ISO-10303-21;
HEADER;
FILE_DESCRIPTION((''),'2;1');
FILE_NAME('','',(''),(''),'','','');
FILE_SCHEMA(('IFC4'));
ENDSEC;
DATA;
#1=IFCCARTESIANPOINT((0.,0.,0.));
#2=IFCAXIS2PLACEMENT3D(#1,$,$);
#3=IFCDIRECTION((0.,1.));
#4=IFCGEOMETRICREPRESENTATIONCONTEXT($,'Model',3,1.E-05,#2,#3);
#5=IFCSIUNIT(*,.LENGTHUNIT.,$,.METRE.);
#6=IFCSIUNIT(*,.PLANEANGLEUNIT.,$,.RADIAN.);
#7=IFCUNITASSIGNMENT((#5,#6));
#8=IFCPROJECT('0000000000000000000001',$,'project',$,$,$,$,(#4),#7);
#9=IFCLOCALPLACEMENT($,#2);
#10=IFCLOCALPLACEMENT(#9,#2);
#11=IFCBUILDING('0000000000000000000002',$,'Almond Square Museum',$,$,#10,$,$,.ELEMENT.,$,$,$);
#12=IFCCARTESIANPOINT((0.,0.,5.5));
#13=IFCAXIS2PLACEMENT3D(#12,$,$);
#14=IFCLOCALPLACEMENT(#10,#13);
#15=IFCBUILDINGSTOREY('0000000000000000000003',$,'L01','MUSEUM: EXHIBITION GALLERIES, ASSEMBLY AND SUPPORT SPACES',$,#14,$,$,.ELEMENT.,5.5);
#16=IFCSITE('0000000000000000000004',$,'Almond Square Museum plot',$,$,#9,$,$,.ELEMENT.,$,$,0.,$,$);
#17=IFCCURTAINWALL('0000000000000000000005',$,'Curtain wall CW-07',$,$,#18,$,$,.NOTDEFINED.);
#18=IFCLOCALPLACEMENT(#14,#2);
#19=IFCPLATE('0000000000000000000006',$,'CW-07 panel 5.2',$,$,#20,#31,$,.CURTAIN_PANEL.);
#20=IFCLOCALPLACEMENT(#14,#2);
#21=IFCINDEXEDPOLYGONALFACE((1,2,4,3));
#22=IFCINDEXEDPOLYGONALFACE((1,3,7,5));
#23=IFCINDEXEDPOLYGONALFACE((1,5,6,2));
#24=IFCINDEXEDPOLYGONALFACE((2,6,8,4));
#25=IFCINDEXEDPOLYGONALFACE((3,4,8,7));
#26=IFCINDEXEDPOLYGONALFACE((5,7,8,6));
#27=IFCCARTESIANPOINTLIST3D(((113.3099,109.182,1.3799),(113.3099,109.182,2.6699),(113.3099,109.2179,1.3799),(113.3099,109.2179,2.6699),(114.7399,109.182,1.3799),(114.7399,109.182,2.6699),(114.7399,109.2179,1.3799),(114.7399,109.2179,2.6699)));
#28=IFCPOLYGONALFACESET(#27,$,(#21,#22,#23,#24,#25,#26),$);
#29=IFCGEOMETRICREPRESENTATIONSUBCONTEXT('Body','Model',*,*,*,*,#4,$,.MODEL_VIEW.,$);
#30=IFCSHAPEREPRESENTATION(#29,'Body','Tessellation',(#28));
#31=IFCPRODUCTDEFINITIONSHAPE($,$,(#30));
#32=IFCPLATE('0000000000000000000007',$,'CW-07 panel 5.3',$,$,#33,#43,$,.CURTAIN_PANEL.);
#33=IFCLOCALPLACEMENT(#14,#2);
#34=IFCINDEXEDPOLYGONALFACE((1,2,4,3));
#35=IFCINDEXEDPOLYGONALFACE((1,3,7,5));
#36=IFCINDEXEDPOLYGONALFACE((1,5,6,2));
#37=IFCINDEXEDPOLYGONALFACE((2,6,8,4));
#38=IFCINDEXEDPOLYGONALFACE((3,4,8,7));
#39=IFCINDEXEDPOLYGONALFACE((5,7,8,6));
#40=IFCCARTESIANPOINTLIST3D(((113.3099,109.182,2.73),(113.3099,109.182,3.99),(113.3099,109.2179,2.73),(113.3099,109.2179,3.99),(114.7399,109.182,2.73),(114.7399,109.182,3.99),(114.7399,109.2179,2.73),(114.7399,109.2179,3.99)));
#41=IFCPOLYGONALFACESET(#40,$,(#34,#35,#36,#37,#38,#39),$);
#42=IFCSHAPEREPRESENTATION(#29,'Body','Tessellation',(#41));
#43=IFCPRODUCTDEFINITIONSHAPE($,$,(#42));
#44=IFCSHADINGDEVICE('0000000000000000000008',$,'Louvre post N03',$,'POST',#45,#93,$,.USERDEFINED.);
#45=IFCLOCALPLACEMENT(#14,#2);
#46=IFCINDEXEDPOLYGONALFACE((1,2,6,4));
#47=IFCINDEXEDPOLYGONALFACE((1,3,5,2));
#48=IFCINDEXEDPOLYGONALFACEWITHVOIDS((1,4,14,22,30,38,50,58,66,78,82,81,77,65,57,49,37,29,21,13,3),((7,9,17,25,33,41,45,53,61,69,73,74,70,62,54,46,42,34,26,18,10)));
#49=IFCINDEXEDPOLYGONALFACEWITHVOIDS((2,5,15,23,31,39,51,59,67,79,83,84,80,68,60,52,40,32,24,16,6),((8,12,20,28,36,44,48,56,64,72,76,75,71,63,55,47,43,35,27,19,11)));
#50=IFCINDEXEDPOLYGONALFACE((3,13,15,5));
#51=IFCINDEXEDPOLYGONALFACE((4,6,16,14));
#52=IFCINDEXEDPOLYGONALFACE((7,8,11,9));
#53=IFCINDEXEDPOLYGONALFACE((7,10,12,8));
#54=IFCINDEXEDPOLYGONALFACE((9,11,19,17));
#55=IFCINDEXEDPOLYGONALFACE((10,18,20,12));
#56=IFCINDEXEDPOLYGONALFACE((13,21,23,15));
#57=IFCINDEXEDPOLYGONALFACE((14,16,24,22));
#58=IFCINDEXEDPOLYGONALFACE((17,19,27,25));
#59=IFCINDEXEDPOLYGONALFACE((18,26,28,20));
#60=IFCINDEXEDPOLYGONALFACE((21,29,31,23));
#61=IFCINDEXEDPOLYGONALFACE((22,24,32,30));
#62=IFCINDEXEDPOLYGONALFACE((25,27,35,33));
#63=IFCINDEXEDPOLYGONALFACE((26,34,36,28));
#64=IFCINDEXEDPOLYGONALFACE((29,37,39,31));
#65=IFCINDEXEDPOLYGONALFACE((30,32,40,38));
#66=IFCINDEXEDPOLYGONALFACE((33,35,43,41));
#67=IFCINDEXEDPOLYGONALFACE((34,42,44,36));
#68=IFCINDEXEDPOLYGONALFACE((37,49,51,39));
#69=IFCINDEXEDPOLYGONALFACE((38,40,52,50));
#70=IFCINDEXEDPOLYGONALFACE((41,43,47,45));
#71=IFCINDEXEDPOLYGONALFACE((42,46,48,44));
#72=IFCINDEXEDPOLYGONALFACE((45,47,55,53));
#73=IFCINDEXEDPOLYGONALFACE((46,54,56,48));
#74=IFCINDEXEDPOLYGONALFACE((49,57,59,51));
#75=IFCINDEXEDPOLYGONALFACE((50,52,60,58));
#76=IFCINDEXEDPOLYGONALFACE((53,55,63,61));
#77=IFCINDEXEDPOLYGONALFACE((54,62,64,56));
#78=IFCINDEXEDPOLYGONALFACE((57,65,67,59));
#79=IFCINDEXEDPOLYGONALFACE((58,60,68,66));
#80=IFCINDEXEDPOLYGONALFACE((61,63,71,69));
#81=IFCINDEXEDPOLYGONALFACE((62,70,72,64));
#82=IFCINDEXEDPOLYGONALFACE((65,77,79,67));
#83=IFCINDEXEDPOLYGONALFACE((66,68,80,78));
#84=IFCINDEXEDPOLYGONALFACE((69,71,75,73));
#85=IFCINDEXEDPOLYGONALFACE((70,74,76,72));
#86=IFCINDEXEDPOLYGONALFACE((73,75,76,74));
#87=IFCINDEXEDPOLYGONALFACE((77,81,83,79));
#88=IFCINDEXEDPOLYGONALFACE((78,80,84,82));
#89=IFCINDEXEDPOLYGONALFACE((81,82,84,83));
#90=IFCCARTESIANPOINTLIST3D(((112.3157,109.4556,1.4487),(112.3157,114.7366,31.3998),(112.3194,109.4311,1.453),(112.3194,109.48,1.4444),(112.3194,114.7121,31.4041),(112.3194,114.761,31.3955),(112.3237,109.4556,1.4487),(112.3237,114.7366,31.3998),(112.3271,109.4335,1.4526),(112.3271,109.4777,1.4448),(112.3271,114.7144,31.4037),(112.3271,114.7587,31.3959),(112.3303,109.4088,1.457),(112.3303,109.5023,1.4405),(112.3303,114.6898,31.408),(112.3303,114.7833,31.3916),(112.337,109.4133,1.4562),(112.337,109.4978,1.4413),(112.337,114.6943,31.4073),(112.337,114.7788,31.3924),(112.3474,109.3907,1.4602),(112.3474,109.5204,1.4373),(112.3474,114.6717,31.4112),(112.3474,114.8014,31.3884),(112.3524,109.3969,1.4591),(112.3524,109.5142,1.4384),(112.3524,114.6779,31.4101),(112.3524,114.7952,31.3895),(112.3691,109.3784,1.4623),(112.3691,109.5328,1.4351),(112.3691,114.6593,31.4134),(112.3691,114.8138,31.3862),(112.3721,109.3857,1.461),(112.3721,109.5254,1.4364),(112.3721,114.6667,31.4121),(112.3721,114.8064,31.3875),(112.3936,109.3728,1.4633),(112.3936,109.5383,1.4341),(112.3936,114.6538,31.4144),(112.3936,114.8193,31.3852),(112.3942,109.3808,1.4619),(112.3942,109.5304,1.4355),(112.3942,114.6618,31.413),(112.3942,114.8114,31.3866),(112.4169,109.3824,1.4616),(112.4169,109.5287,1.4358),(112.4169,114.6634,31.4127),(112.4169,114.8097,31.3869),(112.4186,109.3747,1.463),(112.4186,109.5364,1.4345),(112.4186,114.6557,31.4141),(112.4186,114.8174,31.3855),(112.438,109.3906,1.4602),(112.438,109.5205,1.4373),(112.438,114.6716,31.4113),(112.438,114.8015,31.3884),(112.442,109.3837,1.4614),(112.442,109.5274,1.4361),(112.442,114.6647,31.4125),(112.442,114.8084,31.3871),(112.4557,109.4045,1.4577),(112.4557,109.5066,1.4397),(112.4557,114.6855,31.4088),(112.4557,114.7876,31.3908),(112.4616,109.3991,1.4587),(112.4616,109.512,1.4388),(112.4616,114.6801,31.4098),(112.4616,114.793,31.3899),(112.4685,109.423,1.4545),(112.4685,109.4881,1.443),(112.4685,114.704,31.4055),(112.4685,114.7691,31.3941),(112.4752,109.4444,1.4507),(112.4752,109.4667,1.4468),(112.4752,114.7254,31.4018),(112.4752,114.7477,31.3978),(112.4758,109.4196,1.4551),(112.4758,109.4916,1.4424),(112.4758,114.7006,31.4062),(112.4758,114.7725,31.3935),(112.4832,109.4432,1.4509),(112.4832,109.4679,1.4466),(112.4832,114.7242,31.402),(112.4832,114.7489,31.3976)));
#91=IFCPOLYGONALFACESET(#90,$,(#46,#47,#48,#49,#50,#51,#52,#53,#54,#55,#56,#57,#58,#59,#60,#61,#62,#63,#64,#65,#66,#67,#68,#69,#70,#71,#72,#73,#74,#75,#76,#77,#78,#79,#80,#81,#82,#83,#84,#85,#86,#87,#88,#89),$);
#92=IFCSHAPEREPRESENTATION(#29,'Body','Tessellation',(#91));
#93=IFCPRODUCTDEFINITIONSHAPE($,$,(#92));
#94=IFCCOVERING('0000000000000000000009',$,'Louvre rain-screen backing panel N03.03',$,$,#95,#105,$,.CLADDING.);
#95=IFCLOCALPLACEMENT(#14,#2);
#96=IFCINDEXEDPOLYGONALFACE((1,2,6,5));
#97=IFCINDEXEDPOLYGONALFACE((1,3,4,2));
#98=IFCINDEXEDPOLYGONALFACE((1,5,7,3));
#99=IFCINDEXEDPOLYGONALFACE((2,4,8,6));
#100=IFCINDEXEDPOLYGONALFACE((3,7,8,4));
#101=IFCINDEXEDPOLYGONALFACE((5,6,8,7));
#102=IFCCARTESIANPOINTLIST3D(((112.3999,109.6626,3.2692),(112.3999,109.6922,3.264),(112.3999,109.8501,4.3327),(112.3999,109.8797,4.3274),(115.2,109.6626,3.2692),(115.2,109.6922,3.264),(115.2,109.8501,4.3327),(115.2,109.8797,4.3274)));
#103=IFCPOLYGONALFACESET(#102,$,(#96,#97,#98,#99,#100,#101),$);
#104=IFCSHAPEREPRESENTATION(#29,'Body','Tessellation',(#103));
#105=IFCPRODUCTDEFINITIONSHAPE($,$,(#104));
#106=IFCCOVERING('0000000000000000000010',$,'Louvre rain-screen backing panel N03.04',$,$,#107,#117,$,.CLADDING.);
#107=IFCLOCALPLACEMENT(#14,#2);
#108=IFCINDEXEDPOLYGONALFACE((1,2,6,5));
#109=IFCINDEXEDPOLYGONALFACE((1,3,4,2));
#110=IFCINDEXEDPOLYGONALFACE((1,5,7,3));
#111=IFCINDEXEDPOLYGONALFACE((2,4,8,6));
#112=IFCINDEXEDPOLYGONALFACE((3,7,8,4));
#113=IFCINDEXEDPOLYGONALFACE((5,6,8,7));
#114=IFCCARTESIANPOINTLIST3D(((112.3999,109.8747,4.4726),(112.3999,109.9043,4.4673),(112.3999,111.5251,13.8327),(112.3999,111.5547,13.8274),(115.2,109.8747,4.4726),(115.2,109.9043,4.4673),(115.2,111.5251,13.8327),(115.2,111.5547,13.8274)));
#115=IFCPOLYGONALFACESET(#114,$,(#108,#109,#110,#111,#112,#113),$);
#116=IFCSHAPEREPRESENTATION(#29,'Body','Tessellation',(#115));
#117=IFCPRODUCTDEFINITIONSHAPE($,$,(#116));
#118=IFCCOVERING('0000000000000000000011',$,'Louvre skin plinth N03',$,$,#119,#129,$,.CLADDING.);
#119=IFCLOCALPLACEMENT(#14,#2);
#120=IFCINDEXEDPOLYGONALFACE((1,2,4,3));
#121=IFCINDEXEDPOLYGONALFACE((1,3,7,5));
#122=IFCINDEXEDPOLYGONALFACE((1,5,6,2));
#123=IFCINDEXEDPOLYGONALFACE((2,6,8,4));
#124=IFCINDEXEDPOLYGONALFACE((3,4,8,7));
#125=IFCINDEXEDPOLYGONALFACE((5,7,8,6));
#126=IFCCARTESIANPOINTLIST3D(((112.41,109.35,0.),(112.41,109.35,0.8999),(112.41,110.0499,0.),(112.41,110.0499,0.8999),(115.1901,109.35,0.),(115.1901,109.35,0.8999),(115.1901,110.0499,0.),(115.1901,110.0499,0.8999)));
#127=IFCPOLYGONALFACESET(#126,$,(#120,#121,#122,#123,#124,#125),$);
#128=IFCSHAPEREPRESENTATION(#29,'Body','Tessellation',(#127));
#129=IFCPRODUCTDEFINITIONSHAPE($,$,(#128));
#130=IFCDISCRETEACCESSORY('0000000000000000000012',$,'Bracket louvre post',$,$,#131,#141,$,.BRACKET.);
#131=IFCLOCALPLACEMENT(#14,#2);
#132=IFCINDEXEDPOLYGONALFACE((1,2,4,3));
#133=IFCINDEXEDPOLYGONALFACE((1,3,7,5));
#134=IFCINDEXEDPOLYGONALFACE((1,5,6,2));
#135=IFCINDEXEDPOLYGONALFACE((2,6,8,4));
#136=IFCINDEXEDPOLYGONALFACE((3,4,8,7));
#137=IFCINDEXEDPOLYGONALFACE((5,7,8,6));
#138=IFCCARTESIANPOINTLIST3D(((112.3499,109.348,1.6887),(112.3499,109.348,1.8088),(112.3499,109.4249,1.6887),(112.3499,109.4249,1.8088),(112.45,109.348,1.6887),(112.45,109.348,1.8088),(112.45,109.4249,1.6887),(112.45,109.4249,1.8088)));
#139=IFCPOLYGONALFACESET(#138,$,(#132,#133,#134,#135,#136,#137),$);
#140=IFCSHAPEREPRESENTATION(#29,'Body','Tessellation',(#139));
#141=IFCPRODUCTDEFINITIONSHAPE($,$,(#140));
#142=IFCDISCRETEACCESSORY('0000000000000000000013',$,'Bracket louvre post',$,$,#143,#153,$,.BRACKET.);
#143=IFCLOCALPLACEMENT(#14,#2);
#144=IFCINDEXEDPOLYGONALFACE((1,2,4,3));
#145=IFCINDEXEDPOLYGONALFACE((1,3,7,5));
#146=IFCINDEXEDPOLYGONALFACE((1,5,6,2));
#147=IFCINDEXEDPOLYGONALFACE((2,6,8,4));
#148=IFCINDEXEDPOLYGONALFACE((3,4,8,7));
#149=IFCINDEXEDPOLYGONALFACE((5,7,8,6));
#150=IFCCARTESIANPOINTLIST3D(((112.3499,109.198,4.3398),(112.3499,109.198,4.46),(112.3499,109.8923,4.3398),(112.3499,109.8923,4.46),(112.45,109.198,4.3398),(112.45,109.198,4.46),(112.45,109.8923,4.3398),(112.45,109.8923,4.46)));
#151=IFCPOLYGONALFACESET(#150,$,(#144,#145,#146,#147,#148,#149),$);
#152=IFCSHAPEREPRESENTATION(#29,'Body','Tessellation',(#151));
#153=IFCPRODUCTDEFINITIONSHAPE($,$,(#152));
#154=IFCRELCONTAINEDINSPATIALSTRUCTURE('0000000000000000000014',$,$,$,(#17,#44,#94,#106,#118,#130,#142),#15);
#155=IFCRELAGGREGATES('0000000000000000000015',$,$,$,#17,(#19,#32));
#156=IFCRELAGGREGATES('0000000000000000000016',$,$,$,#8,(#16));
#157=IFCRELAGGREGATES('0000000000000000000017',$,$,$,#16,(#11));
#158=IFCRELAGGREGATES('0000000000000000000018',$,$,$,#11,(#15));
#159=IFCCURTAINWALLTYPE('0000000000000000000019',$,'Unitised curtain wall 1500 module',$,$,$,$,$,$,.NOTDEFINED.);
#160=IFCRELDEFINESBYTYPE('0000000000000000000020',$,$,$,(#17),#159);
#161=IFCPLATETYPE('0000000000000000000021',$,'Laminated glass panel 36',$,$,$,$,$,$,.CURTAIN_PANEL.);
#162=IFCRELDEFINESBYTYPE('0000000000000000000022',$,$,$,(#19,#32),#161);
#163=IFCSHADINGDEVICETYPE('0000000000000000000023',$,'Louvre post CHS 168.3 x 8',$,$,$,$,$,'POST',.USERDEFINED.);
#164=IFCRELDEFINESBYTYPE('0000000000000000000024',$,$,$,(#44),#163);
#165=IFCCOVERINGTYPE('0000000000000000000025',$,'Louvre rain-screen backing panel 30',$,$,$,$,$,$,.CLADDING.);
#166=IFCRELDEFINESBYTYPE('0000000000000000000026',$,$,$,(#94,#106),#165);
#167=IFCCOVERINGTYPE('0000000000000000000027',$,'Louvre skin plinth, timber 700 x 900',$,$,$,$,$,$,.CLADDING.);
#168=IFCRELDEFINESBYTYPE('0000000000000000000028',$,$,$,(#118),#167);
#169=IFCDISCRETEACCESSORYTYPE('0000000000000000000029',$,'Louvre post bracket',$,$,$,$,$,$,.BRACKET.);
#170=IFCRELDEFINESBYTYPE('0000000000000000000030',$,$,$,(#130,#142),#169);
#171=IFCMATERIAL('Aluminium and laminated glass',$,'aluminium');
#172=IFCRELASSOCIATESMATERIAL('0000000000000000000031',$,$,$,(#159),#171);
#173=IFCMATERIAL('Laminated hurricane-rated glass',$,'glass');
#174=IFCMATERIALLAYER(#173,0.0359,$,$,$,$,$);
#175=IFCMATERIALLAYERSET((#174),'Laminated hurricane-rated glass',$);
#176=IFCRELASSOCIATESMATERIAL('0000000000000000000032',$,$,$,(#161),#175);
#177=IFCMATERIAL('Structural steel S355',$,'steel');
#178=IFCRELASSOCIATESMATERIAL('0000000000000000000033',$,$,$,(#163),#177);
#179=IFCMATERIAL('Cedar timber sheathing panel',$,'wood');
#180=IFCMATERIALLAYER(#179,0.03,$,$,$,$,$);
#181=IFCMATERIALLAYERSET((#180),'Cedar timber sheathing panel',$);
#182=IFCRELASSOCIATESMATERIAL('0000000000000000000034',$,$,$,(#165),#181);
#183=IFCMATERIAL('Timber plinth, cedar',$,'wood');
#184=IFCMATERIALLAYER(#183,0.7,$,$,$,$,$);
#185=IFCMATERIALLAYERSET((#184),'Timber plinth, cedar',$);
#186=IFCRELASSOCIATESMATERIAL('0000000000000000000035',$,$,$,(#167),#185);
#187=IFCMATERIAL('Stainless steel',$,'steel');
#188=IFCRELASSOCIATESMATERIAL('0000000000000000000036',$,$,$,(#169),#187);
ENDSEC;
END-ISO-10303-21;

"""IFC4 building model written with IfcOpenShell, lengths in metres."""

from ifc_helpers import new_model, si_unit, direction, frame, origin, origin_2d, place, context, subcontext, project, spatial, polyline, rectangle, hollow_circle, outline, extrude, material, layer, layer_set, material_profile, profile_set, type_object, element, aggregate, save


model = new_model("IFC4")

# Units and contexts
model_context = context("Model", 3, precision=1e-05, world=origin(), true_north=direction((0.0, 1.0)))
body_context = subcontext(model_context, "Body", "Model", "MODEL_VIEW")
ifc_project = project(units=[si_unit("LENGTHUNIT", "METRE"), si_unit("PLANEANGLEUNIT", "RADIAN")], contexts=[model_context])

# Site, building, storey
site_placement = place(None, origin())
site = spatial("IfcSite", under=ifc_project, at=site_placement, Name="Almond Square Museum plot", CompositionType="ELEMENT", RefElevation=0.0)
building_placement = place(site_placement, origin())
building = spatial("IfcBuilding", under=site, at=building_placement, Name="Almond Square Museum", CompositionType="ELEMENT")
storey_placement = place(building_placement, frame((0.0, 0.0, 5.5)))
storey = spatial("IfcBuildingStorey", under=building, at=storey_placement, Name="L01", Description="MUSEUM: EXHIBITION GALLERIES, ASSEMBLY AND SUPPORT SPACES", CompositionType="ELEMENT", Elevation=5.5)

# Curtain wall, plates
ifc_material_1 = material(Name="Aluminium and laminated glass", Category="aluminium")
curtain_wall_type = type_object("IfcCurtainWallType", Name="Unitised curtain wall 1500 module", PredefinedType="NOTDEFINED", material=ifc_material_1)
curtain_wall_placement = place(storey_placement, origin())
curtain_wall = element("IfcCurtainWall", 1, at=curtain_wall_placement, inside=storey, type_object=curtain_wall_type, Name="Curtain wall CW-07", PredefinedType="NOTDEFINED")
ifc_material_2 = material(Name="Laminated hurricane-rated glass", Category="glass")
ifc_layer_1 = layer(ifc_material_2, 0.0359)
ifc_layer_set_1 = layer_set([ifc_layer_1], Name="Laminated hurricane-rated glass")
plate_type = type_object("IfcPlateType", Name="Laminated glass panel 36", PredefinedType="CURTAIN_PANEL", material=ifc_layer_set_1)
plate_1_placement = place(storey_placement, frame((114.0249, 109.2, 1.3799), z_axis=(0.0, 0.0, 1.0), x_axis=(1.0, 0.0, 0.0)))
plate_1 = element("IfcPlate", 2, at=plate_1_placement, type_object=plate_type, Name="CW-07 panel 5.2", PredefinedType="CURTAIN_PANEL", context=body_context, shape_type="SweptSolid", body=[
    extrude(rectangle(XDim=1.4299, YDim=0.0359, at=origin_2d()), origin(), (0.0, 0.0, 1.0), 1.29),
])
plate_2_placement = place(storey_placement, frame((114.0249, 109.2, 2.73), z_axis=(0.0, 0.0, 1.0), x_axis=(1.0, 0.0, 0.0)))
plate_2 = element("IfcPlate", 3, at=plate_2_placement, type_object=plate_type, Name="CW-07 panel 5.3", PredefinedType="CURTAIN_PANEL", context=body_context, shape_type="SweptSolid", body=[
    extrude(rectangle(XDim=1.4299, YDim=0.0359, at=origin_2d()), origin(), (0.0, 0.0, 1.0), 1.26),
])
aggregate(curtain_wall, [plate_1, plate_2])

# Shading device
ifc_material_3 = material(Name="Structural steel S355", Category="steel")
ifc_material_profile_1 = material_profile(ifc_material_3, hollow_circle(Radius=0.0842, WallThickness=0.0081, at=origin_2d()))
ifc_profile_set_1 = profile_set([ifc_material_profile_1], Name="Structural steel S355")
shading_device_type = type_object("IfcShadingDeviceType", Name="Louvre post CHS 168.3 x 8", ElementType="POST", PredefinedType="USERDEFINED", material=ifc_profile_set_1)
shading_device_placement = place(storey_placement, frame((112.3999, 109.4556, 1.4487), z_axis=(0.0, 0.173642, 0.984809), x_axis=(-1.0, 0.0, 0.0)))
element("IfcShadingDevice", 4, at=shading_device_placement, inside=storey, type_object=shading_device_type, Name="Louvre post N03", ObjectType="POST", PredefinedType="USERDEFINED", context=body_context, shape_type="SweptSolid", body=[
    extrude(hollow_circle(Radius=0.0842, WallThickness=0.0081, at=origin_2d()), origin(), (0.0, 0.0, 1.0), 30.4131),
])

# Coverings
ifc_material_4 = material(Name="Cedar timber sheathing panel", Category="wood")
ifc_layer_2 = layer(ifc_material_4, 0.03)
ifc_layer_set_2 = layer_set([ifc_layer_2], Name="Cedar timber sheathing panel")
covering_type_1 = type_object("IfcCoveringType", Name="Louvre rain-screen backing panel 30", PredefinedType="CLADDING", material=ifc_layer_set_2)
covering_1_placement = place(storey_placement, frame((112.3999, 109.6772, 3.2666), z_axis=(0.0, -0.984811, 0.173631), x_axis=(1.0, 0.0, 0.0)))
element("IfcCovering", 5, at=covering_1_placement, inside=storey, type_object=covering_type_1, Name="Louvre rain-screen backing panel N03.03", PredefinedType="CLADDING", context=body_context, shape_type="SweptSolid", body=[
    extrude(outline(polyline([(0.0, 0.0), (2.8, 0.0), (2.8, 1.0799), (0.0, 1.0799), (0.0, 0.0)])), frame((0.0, 0.0, -0.0151)), (0.0, 0.0, 1.0), 0.03),
])
covering_2_placement = place(storey_placement, frame((112.3999, 109.8894, 4.47), z_axis=(0.0, -0.984809, 0.173643), x_axis=(1.0, 0.0, 0.0)))
element("IfcCovering", 6, at=covering_2_placement, inside=storey, type_object=covering_type_1, Name="Louvre rain-screen backing panel N03.04", PredefinedType="CLADDING", context=body_context, shape_type="SweptSolid", body=[
    extrude(outline(polyline([(0.0, 0.0), (2.8, 0.0), (2.8, 9.5045), (0.0, 9.5045), (0.0, 0.0)])), frame((0.0, 0.0, -0.0151)), (0.0, 0.0, 1.0), 0.03),
])
ifc_material_5 = material(Name="Timber plinth, cedar", Category="wood")
ifc_layer_3 = layer(ifc_material_5, 0.7)
ifc_layer_set_3 = layer_set([ifc_layer_3], Name="Timber plinth, cedar")
covering_type_2 = type_object("IfcCoveringType", Name="Louvre skin plinth, timber 700 x 900", PredefinedType="CLADDING", material=ifc_layer_set_3)
covering_3_placement = place(storey_placement, frame((113.8, 109.7, 0.0), z_axis=(0.0, 0.0, 1.0), x_axis=(1.0, 0.0, 0.0)))
element("IfcCovering", 7, at=covering_3_placement, inside=storey, type_object=covering_type_2, Name="Louvre skin plinth N03", PredefinedType="CLADDING", context=body_context, shape_type="SweptSolid", body=[
    extrude(rectangle(XDim=2.78, YDim=0.7, at=origin_2d()), origin(), (0.0, 0.0, 1.0), 0.8999),
])

# Discrete accessories
ifc_material_6 = material(Name="Stainless steel", Category="steel")
discrete_accessory_type = type_object("IfcDiscreteAccessoryType", Name="Louvre post bracket", PredefinedType="BRACKET", material=ifc_material_6)
discrete_accessory_1_placement = place(storey_placement, frame((112.3999, 109.3865, 1.6887), z_axis=(0.0, 0.0, 1.0), x_axis=(1.0, 0.0, 0.0)))
element("IfcDiscreteAccessory", 8, at=discrete_accessory_1_placement, inside=storey, type_object=discrete_accessory_type, Name="Bracket louvre post", PredefinedType="BRACKET", context=body_context, shape_type="SweptSolid", body=[
    extrude(rectangle(XDim=0.1001, YDim=0.0769, at=origin_2d()), origin(), (0.0, 0.0, 1.0), 0.1201),
])
discrete_accessory_2_placement = place(storey_placement, frame((112.3999, 109.5452, 4.3398), z_axis=(0.0, 0.0, 1.0), x_axis=(1.0, 0.0, 0.0)))
element("IfcDiscreteAccessory", 9, at=discrete_accessory_2_placement, inside=storey, type_object=discrete_accessory_type, Name="Bracket louvre post", PredefinedType="BRACKET", context=body_context, shape_type="SweptSolid", body=[
    extrude(rectangle(XDim=0.1001, YDim=0.6943, at=origin_2d()), origin(), (0.0, 0.0, 1.0), 0.1201),
])

save(model, "model.ifc")
